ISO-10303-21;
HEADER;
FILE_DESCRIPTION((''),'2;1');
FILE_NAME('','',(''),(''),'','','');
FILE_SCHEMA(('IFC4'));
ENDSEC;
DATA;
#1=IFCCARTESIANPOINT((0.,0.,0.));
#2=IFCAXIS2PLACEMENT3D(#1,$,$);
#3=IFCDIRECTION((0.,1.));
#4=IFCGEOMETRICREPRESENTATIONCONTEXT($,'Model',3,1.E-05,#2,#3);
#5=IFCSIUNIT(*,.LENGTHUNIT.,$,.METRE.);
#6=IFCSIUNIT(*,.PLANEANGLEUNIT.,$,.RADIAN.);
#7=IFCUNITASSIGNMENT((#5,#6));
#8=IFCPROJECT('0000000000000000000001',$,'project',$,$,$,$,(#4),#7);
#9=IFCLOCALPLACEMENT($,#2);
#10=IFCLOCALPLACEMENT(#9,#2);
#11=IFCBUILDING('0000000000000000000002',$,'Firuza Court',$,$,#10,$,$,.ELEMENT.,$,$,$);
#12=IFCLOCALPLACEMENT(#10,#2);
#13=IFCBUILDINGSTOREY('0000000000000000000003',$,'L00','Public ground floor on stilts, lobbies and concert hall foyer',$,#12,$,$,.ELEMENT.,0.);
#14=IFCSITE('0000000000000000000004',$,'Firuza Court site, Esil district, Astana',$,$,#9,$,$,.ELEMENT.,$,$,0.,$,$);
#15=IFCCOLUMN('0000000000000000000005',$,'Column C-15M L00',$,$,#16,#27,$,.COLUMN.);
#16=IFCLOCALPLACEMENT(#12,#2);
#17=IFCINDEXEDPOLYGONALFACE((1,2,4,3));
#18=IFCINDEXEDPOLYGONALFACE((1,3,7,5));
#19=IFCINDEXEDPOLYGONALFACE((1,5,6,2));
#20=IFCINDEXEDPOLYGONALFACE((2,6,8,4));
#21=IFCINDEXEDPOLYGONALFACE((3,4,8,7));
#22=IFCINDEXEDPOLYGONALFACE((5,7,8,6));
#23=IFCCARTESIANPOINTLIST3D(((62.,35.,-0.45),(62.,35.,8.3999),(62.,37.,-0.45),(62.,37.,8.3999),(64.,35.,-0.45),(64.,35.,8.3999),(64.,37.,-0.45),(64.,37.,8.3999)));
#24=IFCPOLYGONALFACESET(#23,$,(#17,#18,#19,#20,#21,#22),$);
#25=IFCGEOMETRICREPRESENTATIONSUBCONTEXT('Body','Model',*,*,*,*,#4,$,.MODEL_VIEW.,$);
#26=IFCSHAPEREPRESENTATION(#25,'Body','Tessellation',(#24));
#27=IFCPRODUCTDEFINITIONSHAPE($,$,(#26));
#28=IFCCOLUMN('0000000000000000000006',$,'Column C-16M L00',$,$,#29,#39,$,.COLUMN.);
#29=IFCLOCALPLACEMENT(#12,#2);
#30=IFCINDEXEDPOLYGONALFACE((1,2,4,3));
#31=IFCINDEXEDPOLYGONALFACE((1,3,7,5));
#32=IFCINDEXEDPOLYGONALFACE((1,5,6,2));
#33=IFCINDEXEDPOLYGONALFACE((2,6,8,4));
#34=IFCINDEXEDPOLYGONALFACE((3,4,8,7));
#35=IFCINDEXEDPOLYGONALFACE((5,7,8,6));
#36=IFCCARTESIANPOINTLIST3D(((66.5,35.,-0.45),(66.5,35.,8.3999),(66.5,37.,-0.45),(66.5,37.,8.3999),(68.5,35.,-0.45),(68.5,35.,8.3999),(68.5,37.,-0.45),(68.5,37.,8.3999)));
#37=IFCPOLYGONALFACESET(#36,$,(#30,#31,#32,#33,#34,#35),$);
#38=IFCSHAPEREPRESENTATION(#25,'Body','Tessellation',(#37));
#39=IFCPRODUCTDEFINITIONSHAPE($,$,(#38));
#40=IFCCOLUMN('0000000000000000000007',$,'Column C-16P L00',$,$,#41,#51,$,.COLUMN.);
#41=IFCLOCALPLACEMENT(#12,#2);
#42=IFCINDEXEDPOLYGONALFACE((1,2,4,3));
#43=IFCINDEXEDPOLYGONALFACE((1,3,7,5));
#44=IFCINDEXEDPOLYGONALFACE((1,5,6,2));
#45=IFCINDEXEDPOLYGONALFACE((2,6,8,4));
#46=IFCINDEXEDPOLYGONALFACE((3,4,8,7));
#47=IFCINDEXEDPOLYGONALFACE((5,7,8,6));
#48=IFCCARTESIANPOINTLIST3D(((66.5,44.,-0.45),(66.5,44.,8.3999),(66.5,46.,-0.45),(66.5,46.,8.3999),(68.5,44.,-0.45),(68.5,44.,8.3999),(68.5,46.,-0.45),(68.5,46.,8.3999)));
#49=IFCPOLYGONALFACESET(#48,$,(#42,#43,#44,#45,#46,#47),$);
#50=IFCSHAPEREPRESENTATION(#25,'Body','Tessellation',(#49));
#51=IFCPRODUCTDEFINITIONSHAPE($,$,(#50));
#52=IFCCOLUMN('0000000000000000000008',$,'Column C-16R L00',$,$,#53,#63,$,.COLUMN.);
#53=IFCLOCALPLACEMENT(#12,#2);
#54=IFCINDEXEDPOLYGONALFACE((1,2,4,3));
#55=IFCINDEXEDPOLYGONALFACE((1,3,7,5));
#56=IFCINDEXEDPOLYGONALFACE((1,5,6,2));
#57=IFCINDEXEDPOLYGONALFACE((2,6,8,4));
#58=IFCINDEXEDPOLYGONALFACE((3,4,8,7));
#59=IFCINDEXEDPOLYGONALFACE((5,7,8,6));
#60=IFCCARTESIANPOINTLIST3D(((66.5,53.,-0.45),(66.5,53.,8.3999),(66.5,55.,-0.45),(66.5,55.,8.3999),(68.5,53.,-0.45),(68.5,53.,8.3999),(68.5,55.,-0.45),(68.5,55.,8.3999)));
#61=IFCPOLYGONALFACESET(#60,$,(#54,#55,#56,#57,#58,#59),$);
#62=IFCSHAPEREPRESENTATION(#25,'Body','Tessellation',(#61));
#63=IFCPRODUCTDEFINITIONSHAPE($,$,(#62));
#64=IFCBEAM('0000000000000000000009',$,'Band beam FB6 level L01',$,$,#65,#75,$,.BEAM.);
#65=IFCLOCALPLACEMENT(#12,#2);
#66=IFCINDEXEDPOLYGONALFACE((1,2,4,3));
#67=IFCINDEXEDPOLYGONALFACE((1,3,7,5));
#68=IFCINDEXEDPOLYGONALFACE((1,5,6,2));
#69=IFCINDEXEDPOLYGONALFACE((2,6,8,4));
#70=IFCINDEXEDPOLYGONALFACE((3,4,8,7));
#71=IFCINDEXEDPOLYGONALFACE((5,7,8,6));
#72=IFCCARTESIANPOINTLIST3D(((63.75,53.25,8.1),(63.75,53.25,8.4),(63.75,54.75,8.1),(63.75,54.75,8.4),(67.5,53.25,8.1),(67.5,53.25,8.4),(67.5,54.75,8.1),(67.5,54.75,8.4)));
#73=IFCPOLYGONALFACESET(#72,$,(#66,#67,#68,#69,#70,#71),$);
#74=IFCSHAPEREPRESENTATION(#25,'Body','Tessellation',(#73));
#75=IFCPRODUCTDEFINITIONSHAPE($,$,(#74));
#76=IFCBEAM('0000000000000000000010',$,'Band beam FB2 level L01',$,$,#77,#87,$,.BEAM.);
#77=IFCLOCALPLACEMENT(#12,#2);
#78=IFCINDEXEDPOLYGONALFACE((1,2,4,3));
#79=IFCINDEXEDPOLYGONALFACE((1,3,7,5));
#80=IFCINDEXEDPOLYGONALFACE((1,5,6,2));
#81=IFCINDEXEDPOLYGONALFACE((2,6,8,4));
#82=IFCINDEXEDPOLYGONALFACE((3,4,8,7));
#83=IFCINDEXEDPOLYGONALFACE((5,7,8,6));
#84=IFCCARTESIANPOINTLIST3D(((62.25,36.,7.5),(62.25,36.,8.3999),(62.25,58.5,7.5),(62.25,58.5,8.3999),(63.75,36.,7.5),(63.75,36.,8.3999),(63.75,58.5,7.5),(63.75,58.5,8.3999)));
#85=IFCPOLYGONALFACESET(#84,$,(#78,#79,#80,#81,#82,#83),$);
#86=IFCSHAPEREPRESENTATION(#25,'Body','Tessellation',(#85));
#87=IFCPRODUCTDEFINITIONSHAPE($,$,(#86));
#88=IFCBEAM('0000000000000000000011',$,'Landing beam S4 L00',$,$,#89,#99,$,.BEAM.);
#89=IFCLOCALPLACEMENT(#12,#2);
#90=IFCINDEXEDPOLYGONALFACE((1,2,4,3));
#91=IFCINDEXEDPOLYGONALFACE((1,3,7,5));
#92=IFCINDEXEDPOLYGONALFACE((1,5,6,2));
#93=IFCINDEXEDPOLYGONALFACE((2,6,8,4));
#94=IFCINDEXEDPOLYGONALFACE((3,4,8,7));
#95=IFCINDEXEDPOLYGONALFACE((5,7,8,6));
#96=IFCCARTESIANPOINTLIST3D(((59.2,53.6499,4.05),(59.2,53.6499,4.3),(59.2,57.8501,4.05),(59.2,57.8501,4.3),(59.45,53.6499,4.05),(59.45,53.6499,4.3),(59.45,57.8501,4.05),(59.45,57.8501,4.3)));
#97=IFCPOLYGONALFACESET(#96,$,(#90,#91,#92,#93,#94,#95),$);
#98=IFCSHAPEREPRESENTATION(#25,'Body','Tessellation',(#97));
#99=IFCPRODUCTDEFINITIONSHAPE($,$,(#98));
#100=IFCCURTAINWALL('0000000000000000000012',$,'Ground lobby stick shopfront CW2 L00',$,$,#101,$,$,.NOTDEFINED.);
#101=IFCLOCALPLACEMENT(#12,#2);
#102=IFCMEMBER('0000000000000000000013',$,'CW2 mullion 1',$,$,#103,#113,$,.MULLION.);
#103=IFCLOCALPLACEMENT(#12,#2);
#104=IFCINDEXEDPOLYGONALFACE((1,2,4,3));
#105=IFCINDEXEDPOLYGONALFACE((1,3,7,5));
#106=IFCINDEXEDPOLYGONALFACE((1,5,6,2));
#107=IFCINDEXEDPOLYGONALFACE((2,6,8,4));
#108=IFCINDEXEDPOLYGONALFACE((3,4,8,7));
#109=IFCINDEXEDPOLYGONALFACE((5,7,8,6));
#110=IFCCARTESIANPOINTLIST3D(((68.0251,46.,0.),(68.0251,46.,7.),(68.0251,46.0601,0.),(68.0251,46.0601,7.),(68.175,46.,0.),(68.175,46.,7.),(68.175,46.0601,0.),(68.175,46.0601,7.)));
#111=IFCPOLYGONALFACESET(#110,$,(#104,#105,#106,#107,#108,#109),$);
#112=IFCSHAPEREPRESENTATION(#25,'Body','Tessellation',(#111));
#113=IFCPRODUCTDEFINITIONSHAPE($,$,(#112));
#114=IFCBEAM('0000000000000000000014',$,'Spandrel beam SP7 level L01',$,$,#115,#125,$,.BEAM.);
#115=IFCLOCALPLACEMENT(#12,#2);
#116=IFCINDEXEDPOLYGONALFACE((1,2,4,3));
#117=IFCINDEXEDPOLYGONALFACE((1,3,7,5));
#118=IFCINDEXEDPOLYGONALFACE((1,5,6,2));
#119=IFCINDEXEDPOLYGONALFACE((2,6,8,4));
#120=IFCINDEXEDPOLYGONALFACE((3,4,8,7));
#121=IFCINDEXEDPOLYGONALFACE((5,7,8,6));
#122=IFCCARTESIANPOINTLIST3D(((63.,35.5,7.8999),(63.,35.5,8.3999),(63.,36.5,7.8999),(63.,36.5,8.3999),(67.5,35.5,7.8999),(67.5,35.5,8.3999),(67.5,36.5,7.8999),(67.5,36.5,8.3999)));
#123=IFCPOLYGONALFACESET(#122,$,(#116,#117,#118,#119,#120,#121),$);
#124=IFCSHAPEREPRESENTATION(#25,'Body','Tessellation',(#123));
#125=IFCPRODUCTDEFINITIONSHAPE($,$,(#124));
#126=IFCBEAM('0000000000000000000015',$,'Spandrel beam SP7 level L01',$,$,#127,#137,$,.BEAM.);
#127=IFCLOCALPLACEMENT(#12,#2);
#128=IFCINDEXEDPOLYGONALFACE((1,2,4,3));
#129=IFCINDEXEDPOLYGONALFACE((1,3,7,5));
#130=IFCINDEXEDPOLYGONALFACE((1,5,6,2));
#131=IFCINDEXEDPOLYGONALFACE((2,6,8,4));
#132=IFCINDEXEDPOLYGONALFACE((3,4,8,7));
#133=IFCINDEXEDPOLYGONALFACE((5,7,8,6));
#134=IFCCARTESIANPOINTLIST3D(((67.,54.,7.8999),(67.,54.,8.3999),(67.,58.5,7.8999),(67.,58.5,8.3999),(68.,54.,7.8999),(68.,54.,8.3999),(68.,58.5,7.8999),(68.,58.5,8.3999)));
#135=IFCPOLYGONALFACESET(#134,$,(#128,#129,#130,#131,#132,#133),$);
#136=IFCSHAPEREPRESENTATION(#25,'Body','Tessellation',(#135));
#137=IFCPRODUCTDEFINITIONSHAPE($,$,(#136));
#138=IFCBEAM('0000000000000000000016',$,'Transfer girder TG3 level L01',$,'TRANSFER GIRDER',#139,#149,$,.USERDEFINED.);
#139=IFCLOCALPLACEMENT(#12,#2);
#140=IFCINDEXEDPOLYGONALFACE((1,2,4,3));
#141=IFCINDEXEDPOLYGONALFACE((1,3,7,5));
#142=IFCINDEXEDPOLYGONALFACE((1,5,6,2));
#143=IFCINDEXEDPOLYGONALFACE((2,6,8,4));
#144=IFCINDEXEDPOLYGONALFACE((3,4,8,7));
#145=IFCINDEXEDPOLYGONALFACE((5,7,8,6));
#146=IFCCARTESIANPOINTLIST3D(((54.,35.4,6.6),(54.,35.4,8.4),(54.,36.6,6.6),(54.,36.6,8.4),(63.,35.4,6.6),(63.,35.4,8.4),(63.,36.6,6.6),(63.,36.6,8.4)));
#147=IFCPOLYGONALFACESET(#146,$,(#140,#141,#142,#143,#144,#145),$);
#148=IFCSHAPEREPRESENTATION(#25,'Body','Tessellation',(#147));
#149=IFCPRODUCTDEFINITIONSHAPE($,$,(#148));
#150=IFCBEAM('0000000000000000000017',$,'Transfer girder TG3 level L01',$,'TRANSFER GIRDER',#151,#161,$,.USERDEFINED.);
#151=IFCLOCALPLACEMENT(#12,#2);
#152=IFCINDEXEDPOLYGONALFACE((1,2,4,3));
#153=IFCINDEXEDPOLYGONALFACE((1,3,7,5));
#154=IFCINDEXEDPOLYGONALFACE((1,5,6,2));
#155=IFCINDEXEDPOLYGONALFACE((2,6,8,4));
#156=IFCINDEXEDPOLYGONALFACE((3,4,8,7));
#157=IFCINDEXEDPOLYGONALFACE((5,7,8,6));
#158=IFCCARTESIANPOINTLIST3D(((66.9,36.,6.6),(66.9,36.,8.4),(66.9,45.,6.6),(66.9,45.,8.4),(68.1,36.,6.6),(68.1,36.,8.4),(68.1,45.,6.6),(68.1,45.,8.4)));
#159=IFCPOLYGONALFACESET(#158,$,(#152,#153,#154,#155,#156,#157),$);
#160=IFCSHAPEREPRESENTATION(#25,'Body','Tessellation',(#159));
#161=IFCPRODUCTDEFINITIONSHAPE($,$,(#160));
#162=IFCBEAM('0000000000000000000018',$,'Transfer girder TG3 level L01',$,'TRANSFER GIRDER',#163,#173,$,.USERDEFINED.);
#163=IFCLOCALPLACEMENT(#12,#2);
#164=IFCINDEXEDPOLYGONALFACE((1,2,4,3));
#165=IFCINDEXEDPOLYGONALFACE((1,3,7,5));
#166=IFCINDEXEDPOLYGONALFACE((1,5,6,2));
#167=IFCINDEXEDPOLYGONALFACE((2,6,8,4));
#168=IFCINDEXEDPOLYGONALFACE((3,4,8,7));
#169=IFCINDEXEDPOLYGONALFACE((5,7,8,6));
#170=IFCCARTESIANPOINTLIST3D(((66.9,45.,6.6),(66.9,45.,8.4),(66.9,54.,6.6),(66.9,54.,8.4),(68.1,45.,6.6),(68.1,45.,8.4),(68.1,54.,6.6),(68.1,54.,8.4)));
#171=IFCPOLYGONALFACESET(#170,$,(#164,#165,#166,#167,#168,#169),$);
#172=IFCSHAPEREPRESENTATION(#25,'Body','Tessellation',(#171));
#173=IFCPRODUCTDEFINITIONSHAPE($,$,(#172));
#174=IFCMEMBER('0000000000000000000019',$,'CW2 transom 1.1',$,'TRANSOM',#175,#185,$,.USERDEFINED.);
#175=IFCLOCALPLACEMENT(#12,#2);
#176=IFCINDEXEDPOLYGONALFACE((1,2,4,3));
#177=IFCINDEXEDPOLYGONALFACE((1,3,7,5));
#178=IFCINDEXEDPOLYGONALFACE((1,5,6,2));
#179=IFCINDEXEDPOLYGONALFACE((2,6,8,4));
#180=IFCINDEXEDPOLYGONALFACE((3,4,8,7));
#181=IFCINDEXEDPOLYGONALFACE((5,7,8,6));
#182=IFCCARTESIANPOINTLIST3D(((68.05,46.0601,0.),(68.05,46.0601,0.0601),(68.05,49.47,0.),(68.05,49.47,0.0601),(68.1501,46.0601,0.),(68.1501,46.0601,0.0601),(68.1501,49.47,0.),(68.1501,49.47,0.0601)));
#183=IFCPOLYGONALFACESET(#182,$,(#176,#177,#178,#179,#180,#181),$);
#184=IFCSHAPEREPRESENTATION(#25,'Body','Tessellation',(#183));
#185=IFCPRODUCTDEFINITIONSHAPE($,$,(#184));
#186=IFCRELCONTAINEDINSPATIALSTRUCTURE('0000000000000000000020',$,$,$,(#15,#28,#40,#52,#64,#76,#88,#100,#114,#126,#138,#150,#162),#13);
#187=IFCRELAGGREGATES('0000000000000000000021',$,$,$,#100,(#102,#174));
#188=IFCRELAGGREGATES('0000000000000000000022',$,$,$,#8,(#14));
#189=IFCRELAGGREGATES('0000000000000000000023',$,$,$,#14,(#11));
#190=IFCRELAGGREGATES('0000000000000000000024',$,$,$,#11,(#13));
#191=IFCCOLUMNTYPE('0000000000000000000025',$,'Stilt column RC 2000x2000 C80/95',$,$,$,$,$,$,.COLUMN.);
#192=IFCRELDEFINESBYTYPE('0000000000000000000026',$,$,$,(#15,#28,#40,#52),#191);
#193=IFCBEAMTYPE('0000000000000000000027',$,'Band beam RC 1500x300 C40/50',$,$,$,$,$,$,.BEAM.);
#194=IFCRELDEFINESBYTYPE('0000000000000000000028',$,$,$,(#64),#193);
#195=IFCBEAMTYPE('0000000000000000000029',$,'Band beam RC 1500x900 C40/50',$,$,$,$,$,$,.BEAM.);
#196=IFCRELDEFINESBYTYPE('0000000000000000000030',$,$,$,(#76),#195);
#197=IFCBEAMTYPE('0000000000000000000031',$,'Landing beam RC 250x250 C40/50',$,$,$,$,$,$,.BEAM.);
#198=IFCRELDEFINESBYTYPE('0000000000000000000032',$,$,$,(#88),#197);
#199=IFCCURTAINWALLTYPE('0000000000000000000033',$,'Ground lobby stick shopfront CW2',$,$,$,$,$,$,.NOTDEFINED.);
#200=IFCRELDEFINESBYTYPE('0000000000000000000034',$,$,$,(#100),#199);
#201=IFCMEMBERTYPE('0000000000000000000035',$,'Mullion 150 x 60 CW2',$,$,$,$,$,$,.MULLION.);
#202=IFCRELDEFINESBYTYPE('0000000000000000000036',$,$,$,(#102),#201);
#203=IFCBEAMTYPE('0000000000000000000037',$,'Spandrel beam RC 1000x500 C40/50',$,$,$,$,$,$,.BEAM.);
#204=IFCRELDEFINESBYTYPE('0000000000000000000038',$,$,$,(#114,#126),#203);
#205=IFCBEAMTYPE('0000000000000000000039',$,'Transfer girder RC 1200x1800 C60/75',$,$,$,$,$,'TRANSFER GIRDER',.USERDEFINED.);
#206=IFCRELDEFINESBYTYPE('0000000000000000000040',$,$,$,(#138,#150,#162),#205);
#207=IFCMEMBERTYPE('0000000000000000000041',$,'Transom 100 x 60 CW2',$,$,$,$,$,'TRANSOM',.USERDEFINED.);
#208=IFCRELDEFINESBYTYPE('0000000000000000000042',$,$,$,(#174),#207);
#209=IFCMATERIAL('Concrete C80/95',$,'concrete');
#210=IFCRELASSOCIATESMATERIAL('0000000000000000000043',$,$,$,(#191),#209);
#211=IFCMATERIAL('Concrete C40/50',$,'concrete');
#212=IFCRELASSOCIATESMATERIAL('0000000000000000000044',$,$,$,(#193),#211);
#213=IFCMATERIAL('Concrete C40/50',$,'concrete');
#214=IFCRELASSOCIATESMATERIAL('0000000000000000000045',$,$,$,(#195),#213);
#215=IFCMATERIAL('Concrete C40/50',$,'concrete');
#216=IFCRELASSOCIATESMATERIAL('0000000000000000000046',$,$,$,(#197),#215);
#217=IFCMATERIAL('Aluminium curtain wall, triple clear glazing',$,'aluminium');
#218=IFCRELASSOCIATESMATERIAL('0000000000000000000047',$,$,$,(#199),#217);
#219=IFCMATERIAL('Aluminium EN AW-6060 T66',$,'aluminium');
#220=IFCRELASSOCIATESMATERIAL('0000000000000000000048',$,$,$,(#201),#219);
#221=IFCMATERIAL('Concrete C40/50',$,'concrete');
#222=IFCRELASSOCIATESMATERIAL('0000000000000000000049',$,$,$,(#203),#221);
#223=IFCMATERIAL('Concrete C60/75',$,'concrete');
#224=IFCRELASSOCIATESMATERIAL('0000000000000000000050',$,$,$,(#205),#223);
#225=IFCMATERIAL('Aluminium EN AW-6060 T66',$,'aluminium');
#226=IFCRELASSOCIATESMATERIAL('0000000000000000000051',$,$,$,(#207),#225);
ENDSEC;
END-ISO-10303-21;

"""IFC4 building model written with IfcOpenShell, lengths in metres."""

from ifc_helpers import new_model, si_unit, direction, frame, origin, origin_2d, place, context, subcontext, project, spatial, rectangle, extrude, material, material_profile, profile_set, type_object, element, aggregate, save


model = new_model("IFC4")

# Units and contexts
model_context = context("Model", 3, precision=1e-05, world=origin(), true_north=direction((0.0, 1.0)))
body_context = subcontext(model_context, "Body", "Model", "MODEL_VIEW")
ifc_project = project(units=[si_unit("LENGTHUNIT", "METRE"), si_unit("PLANEANGLEUNIT", "RADIAN")], contexts=[model_context])

# Site, building, storey
site_placement = place(None, origin())
site = spatial("IfcSite", under=ifc_project, at=site_placement, Name="Firuza Court site, Esil district, Astana", CompositionType="ELEMENT", RefElevation=0.0)
building_placement = place(site_placement, origin())
building = spatial("IfcBuilding", under=site, at=building_placement, Name="Firuza Court", CompositionType="ELEMENT")
storey_placement = place(building_placement, origin())
storey = spatial("IfcBuildingStorey", under=building, at=storey_placement, Name="L00", Description="Public ground floor on stilts, lobbies and concert hall foyer", CompositionType="ELEMENT", Elevation=0.0)

# Columns
ifc_material_1 = material(Name="Concrete C80/95", Category="concrete")
ifc_material_profile_1 = material_profile(ifc_material_1, rectangle(XDim=2.0, YDim=2.0, at=origin_2d()), Name="RC 2000x2000")
ifc_profile_set_1 = profile_set([ifc_material_profile_1], Name="Concrete C80/95")
column_type = type_object("IfcColumnType", Name="Stilt column RC 2000x2000 C80/95", PredefinedType="COLUMN", material=ifc_profile_set_1)
for number, where, z_axis, x_axis, name in (
    (1, (63.0, 36.0, -0.45), (0.0, 0.0, 1.0), (1.0, 0.0, 0.0), "Column C-15M L00"),
    (2, (67.5, 36.0, -0.45), (0.0, 0.0, 1.0), (1.0, 0.0, 0.0), "Column C-16M L00"),
    (3, (67.5, 45.0, -0.45), (0.0, 0.0, 1.0), (1.0, 0.0, 0.0), "Column C-16P L00"),
    (4, (67.5, 54.0, -0.45), (0.0, 0.0, 1.0), (1.0, 0.0, 0.0), "Column C-16R L00"),
):
    element("IfcColumn", number, at=place(storey_placement, frame(where, z_axis=z_axis, x_axis=x_axis)), inside=storey, type_object=column_type, Name=name, PredefinedType="COLUMN", context=body_context, shape_type="SweptSolid", body=[
        extrude(rectangle(XDim=2.0, YDim=2.0, at=origin_2d()), origin(), (0.0, 0.0, 1.0), 8.8499),
    ])

# Beams
ifc_material_2 = material(Name="Concrete C40/50", Category="concrete")
ifc_material_profile_2 = material_profile(ifc_material_2, rectangle(XDim=1.5, YDim=0.3, at=origin_2d()), Name="RC 1500x300")
ifc_profile_set_2 = profile_set([ifc_material_profile_2], Name="Concrete C40/50")
beam_type_1 = type_object("IfcBeamType", Name="Band beam RC 1500x300 C40/50", PredefinedType="BEAM", material=ifc_profile_set_2)
beam_1_placement = place(storey_placement, frame((67.5, 54.0, 8.25), z_axis=(-1.0, 0.0, 0.0), x_axis=(0.0, -1.0, 0.0)))
element("IfcBeam", 5, at=beam_1_placement, inside=storey, type_object=beam_type_1, Name="Band beam FB6 level L01", PredefinedType="BEAM", context=body_context, shape_type="SweptSolid", body=[
    extrude(rectangle(XDim=1.5, YDim=0.3, at=origin_2d()), origin(), (0.0, 0.0, 1.0), 3.75),
])
ifc_material_3 = material(Name="Concrete C40/50", Category="concrete")
ifc_material_profile_3 = material_profile(ifc_material_3, rectangle(XDim=1.5, YDim=0.8999, at=origin_2d()), Name="RC 1500x900")
ifc_profile_set_3 = profile_set([ifc_material_profile_3], Name="Concrete C40/50")
beam_type_2 = type_object("IfcBeamType", Name="Band beam RC 1500x900 C40/50", PredefinedType="BEAM", material=ifc_profile_set_3)
beam_2_placement = place(storey_placement, frame((63.0, 36.0, 7.95), z_axis=(0.0, 1.0, 0.0), x_axis=(-1.0, 0.0, 0.0)))
element("IfcBeam", 6, at=beam_2_placement, inside=storey, type_object=beam_type_2, Name="Band beam FB2 level L01", PredefinedType="BEAM", context=body_context, shape_type="SweptSolid", body=[
    extrude(rectangle(XDim=1.5, YDim=0.8999, at=origin_2d()), origin(), (0.0, 0.0, 1.0), 22.5),
])
ifc_material_4 = material(Name="Concrete C40/50", Category="concrete")
ifc_material_profile_4 = material_profile(ifc_material_4, rectangle(XDim=0.25, YDim=0.25, at=origin_2d()), Name="RC 250x250")
ifc_profile_set_4 = profile_set([ifc_material_profile_4], Name="Concrete C40/50")
beam_type_3 = type_object("IfcBeamType", Name="Landing beam RC 250x250 C40/50", PredefinedType="BEAM", material=ifc_profile_set_4)
beam_3_placement = place(storey_placement, frame((59.325, 53.6499, 4.175), z_axis=(0.0, 1.0, 0.0), x_axis=(-1.0, 0.0, 0.0)))
element("IfcBeam", 7, at=beam_3_placement, inside=storey, type_object=beam_type_3, Name="Landing beam S4 L00", PredefinedType="BEAM", context=body_context, shape_type="SweptSolid", body=[
    extrude(rectangle(XDim=0.25, YDim=0.25, at=origin_2d()), origin(), (0.0, 0.0, 1.0), 4.2002),
])

# Curtain wall, member
ifc_material_5 = material(Name="Aluminium curtain wall, triple clear glazing", Category="aluminium")
curtain_wall_type = type_object("IfcCurtainWallType", Name="Ground lobby stick shopfront CW2", PredefinedType="NOTDEFINED", material=ifc_material_5)
curtain_wall_placement = place(storey_placement, origin())
curtain_wall = element("IfcCurtainWall", 8, at=curtain_wall_placement, inside=storey, type_object=curtain_wall_type, Name="Ground lobby stick shopfront CW2 L00", PredefinedType="NOTDEFINED")
ifc_material_6 = material(Name="Aluminium EN AW-6060 T66", Category="aluminium")
ifc_material_profile_5 = material_profile(ifc_material_6, rectangle(XDim=0.1499, YDim=0.0601, at=origin_2d()), Name="Mullion 150 x 60 CW2")
ifc_profile_set_5 = profile_set([ifc_material_profile_5], Name="Aluminium EN AW-6060 T66")
member_type_1 = type_object("IfcMemberType", Name="Mullion 150 x 60 CW2", PredefinedType="MULLION", material=ifc_profile_set_5)
member_1_placement = place(storey_placement, frame((68.1001, 46.03, 0.0), z_axis=(0.0, 0.0, 1.0), x_axis=(-1.0, 0.0, 0.0)))
member_1 = element("IfcMember", 9, at=member_1_placement, type_object=member_type_1, Name="CW2 mullion 1", PredefinedType="MULLION", context=body_context, shape_type="SweptSolid", body=[
    extrude(rectangle(XDim=0.1499, YDim=0.0601, at=origin_2d()), origin(), (0.0, 0.0, 1.0), 7.0),
])

# Beams
ifc_material_7 = material(Name="Concrete C40/50", Category="concrete")
ifc_material_profile_6 = material_profile(ifc_material_7, rectangle(XDim=1.0, YDim=0.5, at=origin_2d()), Name="RC 1000x500")
ifc_profile_set_6 = profile_set([ifc_material_profile_6], Name="Concrete C40/50")
beam_type_4 = type_object("IfcBeamType", Name="Spandrel beam RC 1000x500 C40/50", PredefinedType="BEAM", material=ifc_profile_set_6)
for number, where, z_axis, x_axis, name in (
    (10, (63.0, 36.0, 8.1499), (1.0, 0.0, 0.0), (0.0, 1.0, 0.0), "Spandrel beam SP7 level L01"),
    (11, (67.5, 54.0, 8.1499), (0.0, 1.0, 0.0), (-1.0, 0.0, 0.0), "Spandrel beam SP7 level L01"),
):
    element("IfcBeam", number, at=place(storey_placement, frame(where, z_axis=z_axis, x_axis=x_axis)), inside=storey, type_object=beam_type_4, Name=name, PredefinedType="BEAM", context=body_context, shape_type="SweptSolid", body=[
        extrude(rectangle(XDim=1.0, YDim=0.5, at=origin_2d()), origin(), (0.0, 0.0, 1.0), 4.5),
    ])
ifc_material_8 = material(Name="Concrete C60/75", Category="concrete")
ifc_material_profile_7 = material_profile(ifc_material_8, rectangle(XDim=1.2, YDim=1.8, at=origin_2d()), Name="RC 1200x1800")
ifc_profile_set_7 = profile_set([ifc_material_profile_7], Name="Concrete C60/75")
beam_type_5 = type_object("IfcBeamType", Name="Transfer girder RC 1200x1800 C60/75", ElementType="TRANSFER GIRDER", PredefinedType="USERDEFINED", material=ifc_profile_set_7)
for number, where, z_axis, x_axis, name in (
    (12, (54.0, 36.0, 7.5), (1.0, 0.0, 0.0), (0.0, 1.0, 0.0), "Transfer girder TG3 level L01"),
    (13, (67.5, 36.0, 7.5), (0.0, 1.0, 0.0), (-1.0, 0.0, 0.0), "Transfer girder TG3 level L01"),
    (14, (67.5, 45.0, 7.5), (0.0, 1.0, 0.0), (-1.0, 0.0, 0.0), "Transfer girder TG3 level L01"),
):
    element("IfcBeam", number, at=place(storey_placement, frame(where, z_axis=z_axis, x_axis=x_axis)), inside=storey, type_object=beam_type_5, Name=name, ObjectType="TRANSFER GIRDER", PredefinedType="USERDEFINED", context=body_context, shape_type="SweptSolid", body=[
        extrude(rectangle(XDim=1.2, YDim=1.8, at=origin_2d()), origin(), (0.0, 0.0, 1.0), 9.0),
    ])

# Member
ifc_material_9 = material(Name="Aluminium EN AW-6060 T66", Category="aluminium")
ifc_material_profile_8 = material_profile(ifc_material_9, rectangle(XDim=0.1001, YDim=0.0601, at=origin_2d()), Name="Transom 100 x 60 CW2")
ifc_profile_set_8 = profile_set([ifc_material_profile_8], Name="Aluminium EN AW-6060 T66")
member_type_2 = type_object("IfcMemberType", Name="Transom 100 x 60 CW2", ElementType="TRANSOM", PredefinedType="USERDEFINED", material=ifc_profile_set_8)
member_2_placement = place(storey_placement, frame((68.1001, 46.0601, 0.03), z_axis=(0.0, 1.0, 0.0), x_axis=(-1.0, 0.0, 0.0)))
member_2 = element("IfcMember", 15, at=member_2_placement, type_object=member_type_2, Name="CW2 transom 1.1", ObjectType="TRANSOM", PredefinedType="USERDEFINED", context=body_context, shape_type="SweptSolid", body=[
    extrude(rectangle(XDim=0.1001, YDim=0.0601, at=origin_2d()), origin(), (0.0, 0.0, 1.0), 3.4099),
])
aggregate(curtain_wall, [member_1, member_2])

save(model, "model.ifc")
